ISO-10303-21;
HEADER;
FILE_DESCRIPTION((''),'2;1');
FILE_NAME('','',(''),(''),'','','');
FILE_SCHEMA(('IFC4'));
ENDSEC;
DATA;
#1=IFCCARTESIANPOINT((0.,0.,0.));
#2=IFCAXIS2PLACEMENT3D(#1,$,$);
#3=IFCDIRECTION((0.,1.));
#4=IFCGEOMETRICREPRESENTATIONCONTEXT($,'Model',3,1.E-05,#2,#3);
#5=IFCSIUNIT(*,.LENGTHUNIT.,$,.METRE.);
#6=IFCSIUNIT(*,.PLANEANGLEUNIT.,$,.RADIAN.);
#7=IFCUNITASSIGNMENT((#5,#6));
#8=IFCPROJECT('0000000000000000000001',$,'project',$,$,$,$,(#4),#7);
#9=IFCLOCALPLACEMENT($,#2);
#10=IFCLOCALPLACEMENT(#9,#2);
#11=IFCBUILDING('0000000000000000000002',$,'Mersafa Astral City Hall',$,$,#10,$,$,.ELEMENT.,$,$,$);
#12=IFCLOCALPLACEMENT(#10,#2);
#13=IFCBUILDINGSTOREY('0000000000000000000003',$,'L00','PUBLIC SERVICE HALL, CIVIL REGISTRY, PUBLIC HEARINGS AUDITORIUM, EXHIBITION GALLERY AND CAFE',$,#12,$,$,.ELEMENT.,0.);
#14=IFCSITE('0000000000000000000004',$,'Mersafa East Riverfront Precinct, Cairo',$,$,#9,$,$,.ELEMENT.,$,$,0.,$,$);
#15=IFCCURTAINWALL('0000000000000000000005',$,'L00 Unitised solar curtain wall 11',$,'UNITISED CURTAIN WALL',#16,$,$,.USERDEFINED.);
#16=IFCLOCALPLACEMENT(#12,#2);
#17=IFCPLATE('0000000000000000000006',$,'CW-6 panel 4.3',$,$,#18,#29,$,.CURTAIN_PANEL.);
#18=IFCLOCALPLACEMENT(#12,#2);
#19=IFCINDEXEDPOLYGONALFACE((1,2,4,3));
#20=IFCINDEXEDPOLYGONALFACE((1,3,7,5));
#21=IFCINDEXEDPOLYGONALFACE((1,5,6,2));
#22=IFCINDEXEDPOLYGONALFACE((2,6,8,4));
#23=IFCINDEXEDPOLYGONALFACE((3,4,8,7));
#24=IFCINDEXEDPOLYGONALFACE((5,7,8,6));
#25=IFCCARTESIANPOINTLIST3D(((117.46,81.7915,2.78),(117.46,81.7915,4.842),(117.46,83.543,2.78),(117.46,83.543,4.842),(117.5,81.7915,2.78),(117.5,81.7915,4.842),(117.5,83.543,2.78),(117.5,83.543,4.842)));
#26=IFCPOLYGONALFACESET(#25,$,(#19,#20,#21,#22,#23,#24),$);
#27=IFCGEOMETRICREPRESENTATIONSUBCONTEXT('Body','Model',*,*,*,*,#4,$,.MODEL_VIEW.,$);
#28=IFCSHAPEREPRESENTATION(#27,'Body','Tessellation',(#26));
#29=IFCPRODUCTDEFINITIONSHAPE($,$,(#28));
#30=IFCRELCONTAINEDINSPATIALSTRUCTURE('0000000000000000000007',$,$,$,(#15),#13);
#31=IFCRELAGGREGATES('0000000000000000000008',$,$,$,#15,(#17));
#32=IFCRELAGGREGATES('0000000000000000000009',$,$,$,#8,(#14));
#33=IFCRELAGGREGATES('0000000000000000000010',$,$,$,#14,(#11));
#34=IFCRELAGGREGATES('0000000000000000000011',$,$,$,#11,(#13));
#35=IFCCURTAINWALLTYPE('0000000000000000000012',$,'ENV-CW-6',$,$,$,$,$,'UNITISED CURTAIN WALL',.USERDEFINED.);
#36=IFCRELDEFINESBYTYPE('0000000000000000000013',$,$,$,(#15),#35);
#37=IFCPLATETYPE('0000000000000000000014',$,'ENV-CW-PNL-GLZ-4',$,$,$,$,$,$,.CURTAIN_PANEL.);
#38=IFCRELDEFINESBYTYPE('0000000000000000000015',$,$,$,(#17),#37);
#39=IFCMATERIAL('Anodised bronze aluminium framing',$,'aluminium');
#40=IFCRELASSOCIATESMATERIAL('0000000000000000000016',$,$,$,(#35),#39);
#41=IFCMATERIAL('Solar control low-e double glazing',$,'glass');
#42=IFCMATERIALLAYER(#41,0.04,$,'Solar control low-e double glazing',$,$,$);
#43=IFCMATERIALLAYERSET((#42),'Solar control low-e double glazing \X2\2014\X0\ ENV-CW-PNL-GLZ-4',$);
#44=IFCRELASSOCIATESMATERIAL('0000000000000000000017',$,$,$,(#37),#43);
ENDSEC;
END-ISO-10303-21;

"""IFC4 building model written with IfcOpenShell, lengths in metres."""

from ifc_helpers import new_model, si_unit, direction, frame, origin, origin_2d, place, context, subcontext, project, spatial, rectangle, extrude, material, layer, layer_set, type_object, element, aggregate, save


model = new_model("IFC4")

# Units and contexts
model_context = context("Model", 3, precision=1e-05, world=origin(), true_north=direction((0.0, 1.0)))
body_context = subcontext(model_context, "Body", "Model", "MODEL_VIEW")
ifc_project = project(units=[si_unit("LENGTHUNIT", "METRE"), si_unit("PLANEANGLEUNIT", "RADIAN")], contexts=[model_context])

# Site, building, storey
site_placement = place(None, origin())
site = spatial("IfcSite", under=ifc_project, at=site_placement, Name="Mersafa East Riverfront Precinct, Cairo", CompositionType="ELEMENT", RefElevation=0.0)
building_placement = place(site_placement, origin())
building = spatial("IfcBuilding", under=site, at=building_placement, Name="Mersafa Astral City Hall", CompositionType="ELEMENT")
storey_placement = place(building_placement, origin())
storey = spatial("IfcBuildingStorey", under=building, at=storey_placement, Name="L00", Description="PUBLIC SERVICE HALL, CIVIL REGISTRY, PUBLIC HEARINGS AUDITORIUM, EXHIBITION GALLERY AND CAFE", CompositionType="ELEMENT", Elevation=0.0)

# Curtain wall
ifc_material_1 = material(Name="Anodised bronze aluminium framing", Category="aluminium")
curtain_wall_type_1 = type_object("IfcCurtainWallType", Name="ENV-CW-6", ElementType="UNITISED CURTAIN WALL", PredefinedType="USERDEFINED", material=ifc_material_1)
curtain_wall_1_placement = place(storey_placement, origin())
curtain_wall_1 = element("IfcCurtainWall", 1, at=curtain_wall_1_placement, inside=storey, type_object=curtain_wall_type_1, Name="L00 Unitised solar curtain wall 11", ObjectType="UNITISED CURTAIN WALL", PredefinedType="USERDEFINED")

# Plate
ifc_material_2 = material(Name="Solar control low-e double glazing", Category="glass")
ifc_layer_1 = layer(ifc_material_2, 0.04, Name="Solar control low-e double glazing")
ifc_layer_set_1 = layer_set([ifc_layer_1], Name="Solar control low-e double glazing — ENV-CW-PNL-GLZ-4")
plate_type_1 = type_object("IfcPlateType", Name="ENV-CW-PNL-GLZ-4", PredefinedType="CURTAIN_PANEL", material=ifc_layer_set_1)
plate_1_placement = place(storey_placement, frame((117.48, 82.6672, 2.78), z_axis=(0.0, 0.0, 1.0), x_axis=(0.0, 1.0, 0.0)))
plate_1 = element("IfcPlate", 2, at=plate_1_placement, type_object=plate_type_1, Name="CW-6 panel 4.3", PredefinedType="CURTAIN_PANEL", context=body_context, shape_type="SweptSolid", body=[
    extrude(rectangle(XDim=1.7515, YDim=0.04, at=origin_2d()), origin(), (0.0, 0.0, 1.0), 2.062),
])
aggregate(curtain_wall_1, [plate_1])

save(model, "model.ifc")
